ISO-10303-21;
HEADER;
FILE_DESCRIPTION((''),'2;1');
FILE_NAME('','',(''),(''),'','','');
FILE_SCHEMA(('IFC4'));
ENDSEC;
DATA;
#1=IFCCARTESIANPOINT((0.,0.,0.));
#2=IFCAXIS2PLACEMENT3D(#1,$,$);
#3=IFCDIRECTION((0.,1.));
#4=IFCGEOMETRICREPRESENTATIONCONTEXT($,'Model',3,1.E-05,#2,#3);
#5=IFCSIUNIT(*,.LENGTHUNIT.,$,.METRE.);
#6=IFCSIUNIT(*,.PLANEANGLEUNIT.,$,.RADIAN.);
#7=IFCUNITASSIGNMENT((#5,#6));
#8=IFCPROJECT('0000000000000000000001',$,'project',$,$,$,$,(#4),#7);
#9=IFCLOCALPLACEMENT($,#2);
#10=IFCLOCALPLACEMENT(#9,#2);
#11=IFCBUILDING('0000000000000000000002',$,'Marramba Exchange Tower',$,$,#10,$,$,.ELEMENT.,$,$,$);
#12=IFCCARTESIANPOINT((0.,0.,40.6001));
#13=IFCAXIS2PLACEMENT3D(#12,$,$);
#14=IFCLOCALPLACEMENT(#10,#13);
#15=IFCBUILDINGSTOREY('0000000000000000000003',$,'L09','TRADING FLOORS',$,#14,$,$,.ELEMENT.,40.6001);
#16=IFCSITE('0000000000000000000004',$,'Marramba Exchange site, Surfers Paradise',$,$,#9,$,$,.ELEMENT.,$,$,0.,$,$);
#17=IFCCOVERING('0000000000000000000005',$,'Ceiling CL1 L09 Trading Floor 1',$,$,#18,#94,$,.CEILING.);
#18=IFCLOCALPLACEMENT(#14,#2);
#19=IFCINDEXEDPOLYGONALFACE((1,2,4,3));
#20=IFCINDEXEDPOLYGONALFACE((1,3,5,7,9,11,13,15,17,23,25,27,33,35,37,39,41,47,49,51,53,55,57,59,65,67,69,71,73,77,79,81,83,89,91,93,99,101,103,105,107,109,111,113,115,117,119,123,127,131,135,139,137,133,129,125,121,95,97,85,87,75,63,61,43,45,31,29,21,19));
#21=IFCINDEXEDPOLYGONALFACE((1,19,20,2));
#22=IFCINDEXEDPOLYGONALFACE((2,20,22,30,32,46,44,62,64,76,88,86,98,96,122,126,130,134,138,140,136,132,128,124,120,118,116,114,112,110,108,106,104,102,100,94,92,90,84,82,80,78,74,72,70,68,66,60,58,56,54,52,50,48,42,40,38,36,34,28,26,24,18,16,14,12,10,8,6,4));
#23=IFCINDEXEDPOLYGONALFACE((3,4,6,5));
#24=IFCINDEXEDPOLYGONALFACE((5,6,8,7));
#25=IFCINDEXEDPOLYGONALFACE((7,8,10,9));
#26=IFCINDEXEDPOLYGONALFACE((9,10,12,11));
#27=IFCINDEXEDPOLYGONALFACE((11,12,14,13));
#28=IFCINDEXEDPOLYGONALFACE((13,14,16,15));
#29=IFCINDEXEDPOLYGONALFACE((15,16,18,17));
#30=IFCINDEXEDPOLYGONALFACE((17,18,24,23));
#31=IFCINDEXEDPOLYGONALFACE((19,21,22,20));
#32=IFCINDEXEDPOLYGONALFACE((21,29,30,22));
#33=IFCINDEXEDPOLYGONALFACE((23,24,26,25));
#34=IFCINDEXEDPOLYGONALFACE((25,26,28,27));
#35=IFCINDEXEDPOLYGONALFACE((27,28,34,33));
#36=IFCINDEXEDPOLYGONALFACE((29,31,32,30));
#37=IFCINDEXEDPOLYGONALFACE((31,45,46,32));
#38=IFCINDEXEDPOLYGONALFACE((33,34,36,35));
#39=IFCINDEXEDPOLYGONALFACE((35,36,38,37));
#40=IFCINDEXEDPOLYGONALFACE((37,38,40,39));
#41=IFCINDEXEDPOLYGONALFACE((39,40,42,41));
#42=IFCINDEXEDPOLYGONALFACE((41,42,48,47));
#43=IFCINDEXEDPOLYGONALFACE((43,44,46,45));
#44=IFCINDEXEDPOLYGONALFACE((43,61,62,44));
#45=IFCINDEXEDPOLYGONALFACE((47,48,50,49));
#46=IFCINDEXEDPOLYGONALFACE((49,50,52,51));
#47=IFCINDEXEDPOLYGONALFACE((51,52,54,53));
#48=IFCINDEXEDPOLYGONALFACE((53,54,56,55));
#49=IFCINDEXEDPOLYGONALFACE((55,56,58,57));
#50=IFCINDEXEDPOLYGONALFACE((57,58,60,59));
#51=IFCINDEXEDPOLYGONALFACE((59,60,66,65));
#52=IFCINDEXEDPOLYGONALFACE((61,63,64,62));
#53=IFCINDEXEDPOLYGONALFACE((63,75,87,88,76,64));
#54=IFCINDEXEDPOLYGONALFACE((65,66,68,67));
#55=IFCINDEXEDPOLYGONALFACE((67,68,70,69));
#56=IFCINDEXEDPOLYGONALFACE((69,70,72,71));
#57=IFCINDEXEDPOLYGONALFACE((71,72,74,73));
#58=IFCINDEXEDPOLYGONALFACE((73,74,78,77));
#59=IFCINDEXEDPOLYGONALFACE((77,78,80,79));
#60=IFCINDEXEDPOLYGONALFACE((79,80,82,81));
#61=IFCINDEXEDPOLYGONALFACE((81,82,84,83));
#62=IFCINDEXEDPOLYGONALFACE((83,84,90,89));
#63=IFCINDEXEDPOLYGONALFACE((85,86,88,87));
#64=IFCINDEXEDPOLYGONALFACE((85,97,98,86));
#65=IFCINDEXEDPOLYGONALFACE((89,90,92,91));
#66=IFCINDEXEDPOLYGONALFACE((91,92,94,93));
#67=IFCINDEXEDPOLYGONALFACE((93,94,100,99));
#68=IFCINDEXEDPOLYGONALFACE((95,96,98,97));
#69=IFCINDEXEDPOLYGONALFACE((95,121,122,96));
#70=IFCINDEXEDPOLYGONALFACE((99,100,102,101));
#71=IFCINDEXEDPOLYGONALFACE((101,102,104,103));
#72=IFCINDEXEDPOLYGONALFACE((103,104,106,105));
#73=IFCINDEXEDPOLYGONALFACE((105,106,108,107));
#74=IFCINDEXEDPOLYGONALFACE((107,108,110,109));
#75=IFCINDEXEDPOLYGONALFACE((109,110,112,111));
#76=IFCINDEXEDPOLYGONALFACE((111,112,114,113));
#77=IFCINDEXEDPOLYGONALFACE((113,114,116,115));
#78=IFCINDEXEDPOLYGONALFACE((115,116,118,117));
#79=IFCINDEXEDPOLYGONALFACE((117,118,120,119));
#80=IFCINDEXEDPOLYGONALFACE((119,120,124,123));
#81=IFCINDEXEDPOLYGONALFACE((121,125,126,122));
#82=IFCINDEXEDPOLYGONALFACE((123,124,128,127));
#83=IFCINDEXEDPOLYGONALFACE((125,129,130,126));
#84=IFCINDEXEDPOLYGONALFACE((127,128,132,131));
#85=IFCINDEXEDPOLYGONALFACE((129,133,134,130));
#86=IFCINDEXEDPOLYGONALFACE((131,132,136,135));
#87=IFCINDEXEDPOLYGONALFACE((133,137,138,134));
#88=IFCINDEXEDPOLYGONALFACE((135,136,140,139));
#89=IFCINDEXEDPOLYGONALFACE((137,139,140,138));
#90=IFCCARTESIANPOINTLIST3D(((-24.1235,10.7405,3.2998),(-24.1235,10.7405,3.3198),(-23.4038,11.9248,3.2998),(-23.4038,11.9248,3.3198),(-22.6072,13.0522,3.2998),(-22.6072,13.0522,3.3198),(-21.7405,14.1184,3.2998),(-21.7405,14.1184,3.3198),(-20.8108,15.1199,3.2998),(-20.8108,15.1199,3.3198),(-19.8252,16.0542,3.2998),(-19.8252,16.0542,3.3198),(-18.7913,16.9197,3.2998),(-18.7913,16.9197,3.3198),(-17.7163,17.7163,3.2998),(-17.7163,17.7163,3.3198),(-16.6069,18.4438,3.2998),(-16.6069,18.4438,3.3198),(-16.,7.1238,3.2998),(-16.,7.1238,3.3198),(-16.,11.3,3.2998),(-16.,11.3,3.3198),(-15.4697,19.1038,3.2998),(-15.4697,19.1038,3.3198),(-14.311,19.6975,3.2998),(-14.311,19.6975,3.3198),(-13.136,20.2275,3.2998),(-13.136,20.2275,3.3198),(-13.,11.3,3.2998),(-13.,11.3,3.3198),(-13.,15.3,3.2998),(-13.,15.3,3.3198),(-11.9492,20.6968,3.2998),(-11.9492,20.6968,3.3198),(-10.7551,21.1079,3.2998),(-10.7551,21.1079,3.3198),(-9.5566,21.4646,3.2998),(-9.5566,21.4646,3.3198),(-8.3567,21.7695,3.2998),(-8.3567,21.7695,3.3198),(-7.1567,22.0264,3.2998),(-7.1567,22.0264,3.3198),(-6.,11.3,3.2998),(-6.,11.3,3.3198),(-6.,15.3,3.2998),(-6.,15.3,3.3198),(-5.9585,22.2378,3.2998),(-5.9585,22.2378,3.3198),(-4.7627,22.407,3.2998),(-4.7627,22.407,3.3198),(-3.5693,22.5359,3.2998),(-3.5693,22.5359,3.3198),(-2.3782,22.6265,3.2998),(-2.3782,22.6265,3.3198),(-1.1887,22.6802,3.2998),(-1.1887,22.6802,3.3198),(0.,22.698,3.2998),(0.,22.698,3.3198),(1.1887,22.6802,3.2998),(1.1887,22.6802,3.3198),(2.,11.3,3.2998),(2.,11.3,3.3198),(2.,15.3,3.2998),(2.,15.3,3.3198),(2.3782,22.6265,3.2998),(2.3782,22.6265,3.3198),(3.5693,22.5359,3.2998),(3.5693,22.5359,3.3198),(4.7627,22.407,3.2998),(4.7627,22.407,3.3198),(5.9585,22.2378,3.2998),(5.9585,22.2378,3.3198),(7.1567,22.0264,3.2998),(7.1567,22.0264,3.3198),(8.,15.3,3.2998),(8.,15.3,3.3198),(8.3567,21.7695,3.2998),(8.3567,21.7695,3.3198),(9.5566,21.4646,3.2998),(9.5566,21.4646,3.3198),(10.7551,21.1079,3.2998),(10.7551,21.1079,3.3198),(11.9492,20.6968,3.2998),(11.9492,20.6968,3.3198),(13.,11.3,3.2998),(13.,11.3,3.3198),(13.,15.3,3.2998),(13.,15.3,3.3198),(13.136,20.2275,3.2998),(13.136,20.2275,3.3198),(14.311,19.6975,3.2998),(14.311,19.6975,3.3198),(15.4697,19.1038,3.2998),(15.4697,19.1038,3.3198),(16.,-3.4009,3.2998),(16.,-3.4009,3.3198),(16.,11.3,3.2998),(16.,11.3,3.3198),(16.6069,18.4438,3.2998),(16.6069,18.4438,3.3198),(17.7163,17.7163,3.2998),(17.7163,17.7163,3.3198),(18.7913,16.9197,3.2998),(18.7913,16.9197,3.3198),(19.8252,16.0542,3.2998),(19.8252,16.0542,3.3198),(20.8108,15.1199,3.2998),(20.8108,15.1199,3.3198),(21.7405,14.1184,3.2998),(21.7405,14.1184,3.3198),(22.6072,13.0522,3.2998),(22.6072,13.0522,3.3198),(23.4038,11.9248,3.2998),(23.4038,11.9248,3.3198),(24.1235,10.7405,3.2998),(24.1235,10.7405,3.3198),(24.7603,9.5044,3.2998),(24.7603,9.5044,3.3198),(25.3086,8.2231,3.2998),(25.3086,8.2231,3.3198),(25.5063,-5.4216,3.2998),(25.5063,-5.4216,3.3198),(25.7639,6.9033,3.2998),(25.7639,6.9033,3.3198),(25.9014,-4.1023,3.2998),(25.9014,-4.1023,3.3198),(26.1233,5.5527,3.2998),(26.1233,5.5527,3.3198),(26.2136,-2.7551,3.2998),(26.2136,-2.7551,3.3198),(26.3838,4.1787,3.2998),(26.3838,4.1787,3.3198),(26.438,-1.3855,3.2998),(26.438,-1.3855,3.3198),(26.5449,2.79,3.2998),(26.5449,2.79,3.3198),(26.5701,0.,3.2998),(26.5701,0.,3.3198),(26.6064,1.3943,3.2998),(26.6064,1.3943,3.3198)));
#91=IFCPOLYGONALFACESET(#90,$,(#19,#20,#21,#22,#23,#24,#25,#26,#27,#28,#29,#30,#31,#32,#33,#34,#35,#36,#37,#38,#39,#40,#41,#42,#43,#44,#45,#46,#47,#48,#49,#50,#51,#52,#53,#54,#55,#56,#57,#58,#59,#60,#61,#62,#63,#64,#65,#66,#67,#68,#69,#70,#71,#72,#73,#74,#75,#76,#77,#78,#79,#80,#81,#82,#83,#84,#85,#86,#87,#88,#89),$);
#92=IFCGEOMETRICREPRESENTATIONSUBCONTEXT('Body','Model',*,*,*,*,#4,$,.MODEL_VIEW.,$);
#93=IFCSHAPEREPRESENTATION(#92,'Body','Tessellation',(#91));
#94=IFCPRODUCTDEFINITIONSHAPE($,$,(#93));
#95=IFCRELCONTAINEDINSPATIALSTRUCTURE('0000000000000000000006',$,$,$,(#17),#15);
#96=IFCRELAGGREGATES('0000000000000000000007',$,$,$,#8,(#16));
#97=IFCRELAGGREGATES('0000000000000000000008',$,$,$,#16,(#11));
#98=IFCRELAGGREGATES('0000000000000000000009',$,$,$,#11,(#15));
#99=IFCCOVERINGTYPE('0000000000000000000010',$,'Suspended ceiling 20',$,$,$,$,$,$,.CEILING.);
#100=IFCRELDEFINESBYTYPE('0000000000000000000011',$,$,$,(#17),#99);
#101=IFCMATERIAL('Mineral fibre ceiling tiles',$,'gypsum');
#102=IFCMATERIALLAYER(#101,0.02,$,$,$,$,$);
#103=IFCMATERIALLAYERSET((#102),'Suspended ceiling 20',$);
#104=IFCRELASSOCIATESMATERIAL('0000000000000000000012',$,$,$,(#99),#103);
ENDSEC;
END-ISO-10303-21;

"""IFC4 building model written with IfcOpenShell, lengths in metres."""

from ifc_helpers import new_model, si_unit, direction, frame, origin, place, context, subcontext, project, spatial, polyline, outline, extrude, material, layer, layer_set, type_object, element, save


model = new_model("IFC4")

# Units and contexts
model_context = context("Model", 3, precision=1e-05, world=origin(), true_north=direction((0.0, 1.0)))
body_context = subcontext(model_context, "Body", "Model", "MODEL_VIEW")
ifc_project = project(units=[si_unit("LENGTHUNIT", "METRE"), si_unit("PLANEANGLEUNIT", "RADIAN")], contexts=[model_context])

# Site, building, storey
site_placement = place(None, origin())
site = spatial("IfcSite", under=ifc_project, at=site_placement, Name="Marramba Exchange site, Surfers Paradise", CompositionType="ELEMENT", RefElevation=0.0)
building_placement = place(site_placement, origin())
building = spatial("IfcBuilding", under=site, at=building_placement, Name="Marramba Exchange Tower", CompositionType="ELEMENT")
storey_placement = place(building_placement, frame((0.0, 0.0, 40.6001)))
storey = spatial("IfcBuildingStorey", under=building, at=storey_placement, Name="L09", Description="TRADING FLOORS", CompositionType="ELEMENT", Elevation=40.6001)

# Covering
ifc_material_1 = material(Name="Mineral fibre ceiling tiles", Category="gypsum")
ifc_layer_1 = layer(ifc_material_1, 0.02)
ifc_layer_set_1 = layer_set([ifc_layer_1], Name="Suspended ceiling 20")
covering_type_1 = type_object("IfcCoveringType", Name="Suspended ceiling 20", PredefinedType="CEILING", material=ifc_layer_set_1)
covering_1_placement = place(storey_placement, frame((0.0, 0.0, 3.2998)))
element("IfcCovering", 1, at=covering_1_placement, inside=storey, type_object=covering_type_1, Name="Ceiling CL1 L09 Trading Floor 1", PredefinedType="CEILING", context=body_context, shape_type="SweptSolid", body=[
    extrude(outline(polyline([(13.0, 11.3), (13.0, 15.3), (8.0, 15.3), (2.0, 15.3), (2.0, 11.3), (-6.0, 11.3), (-6.0, 15.3), (-13.0, 15.3), (-13.0, 11.3), (-16.0, 11.3), (-16.0, 7.1238), (-24.1235, 10.7405), (-23.4038, 11.9248), (-22.6072, 13.0522), (-21.7405, 14.1184), (-20.8108, 15.1199), (-19.8252, 16.0542), (-18.7913, 16.9197), (-17.7163, 17.7163), (-16.6069, 18.4438), (-15.4697, 19.1038), (-14.311, 19.6975), (-13.136, 20.2275), (-11.9492, 20.6968), (-10.7551, 21.1079), (-9.5566, 21.4646), (-8.3567, 21.7695), (-7.1567, 22.0264), (-5.9585, 22.2378), (-4.7627, 22.407), (-3.5693, 22.5359), (-2.3782, 22.6265), (-1.1887, 22.6802), (0.0, 22.698), (1.1887, 22.6802), (2.3782, 22.6265), (3.5693, 22.5359), (4.7627, 22.407), (5.9585, 22.2378), (7.1567, 22.0264), (8.3567, 21.7695), (9.5566, 21.4646), (10.7551, 21.1079), (11.9492, 20.6968), (13.136, 20.2275), (14.311, 19.6975), (15.4697, 19.1038), (16.6069, 18.4438), (17.7163, 17.7163), (18.7913, 16.9197), (19.8252, 16.0542), (20.8108, 15.1199), (21.7405, 14.1184), (22.6072, 13.0522), (23.4038, 11.9248), (24.1235, 10.7405), (24.7603, 9.5044), (25.3086, 8.2231), (25.7639, 6.9033), (26.1233, 5.5527), (26.3838, 4.1787), (26.5449, 2.79), (26.6064, 1.3943), (26.5701, 0.0), (26.438, -1.3855), (26.2136, -2.7551), (25.9014, -4.1023), (25.5063, -5.4216), (16.0, -3.4009), (16.0, 11.3), (13.0, 11.3)])), origin(), (0.0, 0.0, 1.0), 0.02),
])

save(model, "model.ifc")
